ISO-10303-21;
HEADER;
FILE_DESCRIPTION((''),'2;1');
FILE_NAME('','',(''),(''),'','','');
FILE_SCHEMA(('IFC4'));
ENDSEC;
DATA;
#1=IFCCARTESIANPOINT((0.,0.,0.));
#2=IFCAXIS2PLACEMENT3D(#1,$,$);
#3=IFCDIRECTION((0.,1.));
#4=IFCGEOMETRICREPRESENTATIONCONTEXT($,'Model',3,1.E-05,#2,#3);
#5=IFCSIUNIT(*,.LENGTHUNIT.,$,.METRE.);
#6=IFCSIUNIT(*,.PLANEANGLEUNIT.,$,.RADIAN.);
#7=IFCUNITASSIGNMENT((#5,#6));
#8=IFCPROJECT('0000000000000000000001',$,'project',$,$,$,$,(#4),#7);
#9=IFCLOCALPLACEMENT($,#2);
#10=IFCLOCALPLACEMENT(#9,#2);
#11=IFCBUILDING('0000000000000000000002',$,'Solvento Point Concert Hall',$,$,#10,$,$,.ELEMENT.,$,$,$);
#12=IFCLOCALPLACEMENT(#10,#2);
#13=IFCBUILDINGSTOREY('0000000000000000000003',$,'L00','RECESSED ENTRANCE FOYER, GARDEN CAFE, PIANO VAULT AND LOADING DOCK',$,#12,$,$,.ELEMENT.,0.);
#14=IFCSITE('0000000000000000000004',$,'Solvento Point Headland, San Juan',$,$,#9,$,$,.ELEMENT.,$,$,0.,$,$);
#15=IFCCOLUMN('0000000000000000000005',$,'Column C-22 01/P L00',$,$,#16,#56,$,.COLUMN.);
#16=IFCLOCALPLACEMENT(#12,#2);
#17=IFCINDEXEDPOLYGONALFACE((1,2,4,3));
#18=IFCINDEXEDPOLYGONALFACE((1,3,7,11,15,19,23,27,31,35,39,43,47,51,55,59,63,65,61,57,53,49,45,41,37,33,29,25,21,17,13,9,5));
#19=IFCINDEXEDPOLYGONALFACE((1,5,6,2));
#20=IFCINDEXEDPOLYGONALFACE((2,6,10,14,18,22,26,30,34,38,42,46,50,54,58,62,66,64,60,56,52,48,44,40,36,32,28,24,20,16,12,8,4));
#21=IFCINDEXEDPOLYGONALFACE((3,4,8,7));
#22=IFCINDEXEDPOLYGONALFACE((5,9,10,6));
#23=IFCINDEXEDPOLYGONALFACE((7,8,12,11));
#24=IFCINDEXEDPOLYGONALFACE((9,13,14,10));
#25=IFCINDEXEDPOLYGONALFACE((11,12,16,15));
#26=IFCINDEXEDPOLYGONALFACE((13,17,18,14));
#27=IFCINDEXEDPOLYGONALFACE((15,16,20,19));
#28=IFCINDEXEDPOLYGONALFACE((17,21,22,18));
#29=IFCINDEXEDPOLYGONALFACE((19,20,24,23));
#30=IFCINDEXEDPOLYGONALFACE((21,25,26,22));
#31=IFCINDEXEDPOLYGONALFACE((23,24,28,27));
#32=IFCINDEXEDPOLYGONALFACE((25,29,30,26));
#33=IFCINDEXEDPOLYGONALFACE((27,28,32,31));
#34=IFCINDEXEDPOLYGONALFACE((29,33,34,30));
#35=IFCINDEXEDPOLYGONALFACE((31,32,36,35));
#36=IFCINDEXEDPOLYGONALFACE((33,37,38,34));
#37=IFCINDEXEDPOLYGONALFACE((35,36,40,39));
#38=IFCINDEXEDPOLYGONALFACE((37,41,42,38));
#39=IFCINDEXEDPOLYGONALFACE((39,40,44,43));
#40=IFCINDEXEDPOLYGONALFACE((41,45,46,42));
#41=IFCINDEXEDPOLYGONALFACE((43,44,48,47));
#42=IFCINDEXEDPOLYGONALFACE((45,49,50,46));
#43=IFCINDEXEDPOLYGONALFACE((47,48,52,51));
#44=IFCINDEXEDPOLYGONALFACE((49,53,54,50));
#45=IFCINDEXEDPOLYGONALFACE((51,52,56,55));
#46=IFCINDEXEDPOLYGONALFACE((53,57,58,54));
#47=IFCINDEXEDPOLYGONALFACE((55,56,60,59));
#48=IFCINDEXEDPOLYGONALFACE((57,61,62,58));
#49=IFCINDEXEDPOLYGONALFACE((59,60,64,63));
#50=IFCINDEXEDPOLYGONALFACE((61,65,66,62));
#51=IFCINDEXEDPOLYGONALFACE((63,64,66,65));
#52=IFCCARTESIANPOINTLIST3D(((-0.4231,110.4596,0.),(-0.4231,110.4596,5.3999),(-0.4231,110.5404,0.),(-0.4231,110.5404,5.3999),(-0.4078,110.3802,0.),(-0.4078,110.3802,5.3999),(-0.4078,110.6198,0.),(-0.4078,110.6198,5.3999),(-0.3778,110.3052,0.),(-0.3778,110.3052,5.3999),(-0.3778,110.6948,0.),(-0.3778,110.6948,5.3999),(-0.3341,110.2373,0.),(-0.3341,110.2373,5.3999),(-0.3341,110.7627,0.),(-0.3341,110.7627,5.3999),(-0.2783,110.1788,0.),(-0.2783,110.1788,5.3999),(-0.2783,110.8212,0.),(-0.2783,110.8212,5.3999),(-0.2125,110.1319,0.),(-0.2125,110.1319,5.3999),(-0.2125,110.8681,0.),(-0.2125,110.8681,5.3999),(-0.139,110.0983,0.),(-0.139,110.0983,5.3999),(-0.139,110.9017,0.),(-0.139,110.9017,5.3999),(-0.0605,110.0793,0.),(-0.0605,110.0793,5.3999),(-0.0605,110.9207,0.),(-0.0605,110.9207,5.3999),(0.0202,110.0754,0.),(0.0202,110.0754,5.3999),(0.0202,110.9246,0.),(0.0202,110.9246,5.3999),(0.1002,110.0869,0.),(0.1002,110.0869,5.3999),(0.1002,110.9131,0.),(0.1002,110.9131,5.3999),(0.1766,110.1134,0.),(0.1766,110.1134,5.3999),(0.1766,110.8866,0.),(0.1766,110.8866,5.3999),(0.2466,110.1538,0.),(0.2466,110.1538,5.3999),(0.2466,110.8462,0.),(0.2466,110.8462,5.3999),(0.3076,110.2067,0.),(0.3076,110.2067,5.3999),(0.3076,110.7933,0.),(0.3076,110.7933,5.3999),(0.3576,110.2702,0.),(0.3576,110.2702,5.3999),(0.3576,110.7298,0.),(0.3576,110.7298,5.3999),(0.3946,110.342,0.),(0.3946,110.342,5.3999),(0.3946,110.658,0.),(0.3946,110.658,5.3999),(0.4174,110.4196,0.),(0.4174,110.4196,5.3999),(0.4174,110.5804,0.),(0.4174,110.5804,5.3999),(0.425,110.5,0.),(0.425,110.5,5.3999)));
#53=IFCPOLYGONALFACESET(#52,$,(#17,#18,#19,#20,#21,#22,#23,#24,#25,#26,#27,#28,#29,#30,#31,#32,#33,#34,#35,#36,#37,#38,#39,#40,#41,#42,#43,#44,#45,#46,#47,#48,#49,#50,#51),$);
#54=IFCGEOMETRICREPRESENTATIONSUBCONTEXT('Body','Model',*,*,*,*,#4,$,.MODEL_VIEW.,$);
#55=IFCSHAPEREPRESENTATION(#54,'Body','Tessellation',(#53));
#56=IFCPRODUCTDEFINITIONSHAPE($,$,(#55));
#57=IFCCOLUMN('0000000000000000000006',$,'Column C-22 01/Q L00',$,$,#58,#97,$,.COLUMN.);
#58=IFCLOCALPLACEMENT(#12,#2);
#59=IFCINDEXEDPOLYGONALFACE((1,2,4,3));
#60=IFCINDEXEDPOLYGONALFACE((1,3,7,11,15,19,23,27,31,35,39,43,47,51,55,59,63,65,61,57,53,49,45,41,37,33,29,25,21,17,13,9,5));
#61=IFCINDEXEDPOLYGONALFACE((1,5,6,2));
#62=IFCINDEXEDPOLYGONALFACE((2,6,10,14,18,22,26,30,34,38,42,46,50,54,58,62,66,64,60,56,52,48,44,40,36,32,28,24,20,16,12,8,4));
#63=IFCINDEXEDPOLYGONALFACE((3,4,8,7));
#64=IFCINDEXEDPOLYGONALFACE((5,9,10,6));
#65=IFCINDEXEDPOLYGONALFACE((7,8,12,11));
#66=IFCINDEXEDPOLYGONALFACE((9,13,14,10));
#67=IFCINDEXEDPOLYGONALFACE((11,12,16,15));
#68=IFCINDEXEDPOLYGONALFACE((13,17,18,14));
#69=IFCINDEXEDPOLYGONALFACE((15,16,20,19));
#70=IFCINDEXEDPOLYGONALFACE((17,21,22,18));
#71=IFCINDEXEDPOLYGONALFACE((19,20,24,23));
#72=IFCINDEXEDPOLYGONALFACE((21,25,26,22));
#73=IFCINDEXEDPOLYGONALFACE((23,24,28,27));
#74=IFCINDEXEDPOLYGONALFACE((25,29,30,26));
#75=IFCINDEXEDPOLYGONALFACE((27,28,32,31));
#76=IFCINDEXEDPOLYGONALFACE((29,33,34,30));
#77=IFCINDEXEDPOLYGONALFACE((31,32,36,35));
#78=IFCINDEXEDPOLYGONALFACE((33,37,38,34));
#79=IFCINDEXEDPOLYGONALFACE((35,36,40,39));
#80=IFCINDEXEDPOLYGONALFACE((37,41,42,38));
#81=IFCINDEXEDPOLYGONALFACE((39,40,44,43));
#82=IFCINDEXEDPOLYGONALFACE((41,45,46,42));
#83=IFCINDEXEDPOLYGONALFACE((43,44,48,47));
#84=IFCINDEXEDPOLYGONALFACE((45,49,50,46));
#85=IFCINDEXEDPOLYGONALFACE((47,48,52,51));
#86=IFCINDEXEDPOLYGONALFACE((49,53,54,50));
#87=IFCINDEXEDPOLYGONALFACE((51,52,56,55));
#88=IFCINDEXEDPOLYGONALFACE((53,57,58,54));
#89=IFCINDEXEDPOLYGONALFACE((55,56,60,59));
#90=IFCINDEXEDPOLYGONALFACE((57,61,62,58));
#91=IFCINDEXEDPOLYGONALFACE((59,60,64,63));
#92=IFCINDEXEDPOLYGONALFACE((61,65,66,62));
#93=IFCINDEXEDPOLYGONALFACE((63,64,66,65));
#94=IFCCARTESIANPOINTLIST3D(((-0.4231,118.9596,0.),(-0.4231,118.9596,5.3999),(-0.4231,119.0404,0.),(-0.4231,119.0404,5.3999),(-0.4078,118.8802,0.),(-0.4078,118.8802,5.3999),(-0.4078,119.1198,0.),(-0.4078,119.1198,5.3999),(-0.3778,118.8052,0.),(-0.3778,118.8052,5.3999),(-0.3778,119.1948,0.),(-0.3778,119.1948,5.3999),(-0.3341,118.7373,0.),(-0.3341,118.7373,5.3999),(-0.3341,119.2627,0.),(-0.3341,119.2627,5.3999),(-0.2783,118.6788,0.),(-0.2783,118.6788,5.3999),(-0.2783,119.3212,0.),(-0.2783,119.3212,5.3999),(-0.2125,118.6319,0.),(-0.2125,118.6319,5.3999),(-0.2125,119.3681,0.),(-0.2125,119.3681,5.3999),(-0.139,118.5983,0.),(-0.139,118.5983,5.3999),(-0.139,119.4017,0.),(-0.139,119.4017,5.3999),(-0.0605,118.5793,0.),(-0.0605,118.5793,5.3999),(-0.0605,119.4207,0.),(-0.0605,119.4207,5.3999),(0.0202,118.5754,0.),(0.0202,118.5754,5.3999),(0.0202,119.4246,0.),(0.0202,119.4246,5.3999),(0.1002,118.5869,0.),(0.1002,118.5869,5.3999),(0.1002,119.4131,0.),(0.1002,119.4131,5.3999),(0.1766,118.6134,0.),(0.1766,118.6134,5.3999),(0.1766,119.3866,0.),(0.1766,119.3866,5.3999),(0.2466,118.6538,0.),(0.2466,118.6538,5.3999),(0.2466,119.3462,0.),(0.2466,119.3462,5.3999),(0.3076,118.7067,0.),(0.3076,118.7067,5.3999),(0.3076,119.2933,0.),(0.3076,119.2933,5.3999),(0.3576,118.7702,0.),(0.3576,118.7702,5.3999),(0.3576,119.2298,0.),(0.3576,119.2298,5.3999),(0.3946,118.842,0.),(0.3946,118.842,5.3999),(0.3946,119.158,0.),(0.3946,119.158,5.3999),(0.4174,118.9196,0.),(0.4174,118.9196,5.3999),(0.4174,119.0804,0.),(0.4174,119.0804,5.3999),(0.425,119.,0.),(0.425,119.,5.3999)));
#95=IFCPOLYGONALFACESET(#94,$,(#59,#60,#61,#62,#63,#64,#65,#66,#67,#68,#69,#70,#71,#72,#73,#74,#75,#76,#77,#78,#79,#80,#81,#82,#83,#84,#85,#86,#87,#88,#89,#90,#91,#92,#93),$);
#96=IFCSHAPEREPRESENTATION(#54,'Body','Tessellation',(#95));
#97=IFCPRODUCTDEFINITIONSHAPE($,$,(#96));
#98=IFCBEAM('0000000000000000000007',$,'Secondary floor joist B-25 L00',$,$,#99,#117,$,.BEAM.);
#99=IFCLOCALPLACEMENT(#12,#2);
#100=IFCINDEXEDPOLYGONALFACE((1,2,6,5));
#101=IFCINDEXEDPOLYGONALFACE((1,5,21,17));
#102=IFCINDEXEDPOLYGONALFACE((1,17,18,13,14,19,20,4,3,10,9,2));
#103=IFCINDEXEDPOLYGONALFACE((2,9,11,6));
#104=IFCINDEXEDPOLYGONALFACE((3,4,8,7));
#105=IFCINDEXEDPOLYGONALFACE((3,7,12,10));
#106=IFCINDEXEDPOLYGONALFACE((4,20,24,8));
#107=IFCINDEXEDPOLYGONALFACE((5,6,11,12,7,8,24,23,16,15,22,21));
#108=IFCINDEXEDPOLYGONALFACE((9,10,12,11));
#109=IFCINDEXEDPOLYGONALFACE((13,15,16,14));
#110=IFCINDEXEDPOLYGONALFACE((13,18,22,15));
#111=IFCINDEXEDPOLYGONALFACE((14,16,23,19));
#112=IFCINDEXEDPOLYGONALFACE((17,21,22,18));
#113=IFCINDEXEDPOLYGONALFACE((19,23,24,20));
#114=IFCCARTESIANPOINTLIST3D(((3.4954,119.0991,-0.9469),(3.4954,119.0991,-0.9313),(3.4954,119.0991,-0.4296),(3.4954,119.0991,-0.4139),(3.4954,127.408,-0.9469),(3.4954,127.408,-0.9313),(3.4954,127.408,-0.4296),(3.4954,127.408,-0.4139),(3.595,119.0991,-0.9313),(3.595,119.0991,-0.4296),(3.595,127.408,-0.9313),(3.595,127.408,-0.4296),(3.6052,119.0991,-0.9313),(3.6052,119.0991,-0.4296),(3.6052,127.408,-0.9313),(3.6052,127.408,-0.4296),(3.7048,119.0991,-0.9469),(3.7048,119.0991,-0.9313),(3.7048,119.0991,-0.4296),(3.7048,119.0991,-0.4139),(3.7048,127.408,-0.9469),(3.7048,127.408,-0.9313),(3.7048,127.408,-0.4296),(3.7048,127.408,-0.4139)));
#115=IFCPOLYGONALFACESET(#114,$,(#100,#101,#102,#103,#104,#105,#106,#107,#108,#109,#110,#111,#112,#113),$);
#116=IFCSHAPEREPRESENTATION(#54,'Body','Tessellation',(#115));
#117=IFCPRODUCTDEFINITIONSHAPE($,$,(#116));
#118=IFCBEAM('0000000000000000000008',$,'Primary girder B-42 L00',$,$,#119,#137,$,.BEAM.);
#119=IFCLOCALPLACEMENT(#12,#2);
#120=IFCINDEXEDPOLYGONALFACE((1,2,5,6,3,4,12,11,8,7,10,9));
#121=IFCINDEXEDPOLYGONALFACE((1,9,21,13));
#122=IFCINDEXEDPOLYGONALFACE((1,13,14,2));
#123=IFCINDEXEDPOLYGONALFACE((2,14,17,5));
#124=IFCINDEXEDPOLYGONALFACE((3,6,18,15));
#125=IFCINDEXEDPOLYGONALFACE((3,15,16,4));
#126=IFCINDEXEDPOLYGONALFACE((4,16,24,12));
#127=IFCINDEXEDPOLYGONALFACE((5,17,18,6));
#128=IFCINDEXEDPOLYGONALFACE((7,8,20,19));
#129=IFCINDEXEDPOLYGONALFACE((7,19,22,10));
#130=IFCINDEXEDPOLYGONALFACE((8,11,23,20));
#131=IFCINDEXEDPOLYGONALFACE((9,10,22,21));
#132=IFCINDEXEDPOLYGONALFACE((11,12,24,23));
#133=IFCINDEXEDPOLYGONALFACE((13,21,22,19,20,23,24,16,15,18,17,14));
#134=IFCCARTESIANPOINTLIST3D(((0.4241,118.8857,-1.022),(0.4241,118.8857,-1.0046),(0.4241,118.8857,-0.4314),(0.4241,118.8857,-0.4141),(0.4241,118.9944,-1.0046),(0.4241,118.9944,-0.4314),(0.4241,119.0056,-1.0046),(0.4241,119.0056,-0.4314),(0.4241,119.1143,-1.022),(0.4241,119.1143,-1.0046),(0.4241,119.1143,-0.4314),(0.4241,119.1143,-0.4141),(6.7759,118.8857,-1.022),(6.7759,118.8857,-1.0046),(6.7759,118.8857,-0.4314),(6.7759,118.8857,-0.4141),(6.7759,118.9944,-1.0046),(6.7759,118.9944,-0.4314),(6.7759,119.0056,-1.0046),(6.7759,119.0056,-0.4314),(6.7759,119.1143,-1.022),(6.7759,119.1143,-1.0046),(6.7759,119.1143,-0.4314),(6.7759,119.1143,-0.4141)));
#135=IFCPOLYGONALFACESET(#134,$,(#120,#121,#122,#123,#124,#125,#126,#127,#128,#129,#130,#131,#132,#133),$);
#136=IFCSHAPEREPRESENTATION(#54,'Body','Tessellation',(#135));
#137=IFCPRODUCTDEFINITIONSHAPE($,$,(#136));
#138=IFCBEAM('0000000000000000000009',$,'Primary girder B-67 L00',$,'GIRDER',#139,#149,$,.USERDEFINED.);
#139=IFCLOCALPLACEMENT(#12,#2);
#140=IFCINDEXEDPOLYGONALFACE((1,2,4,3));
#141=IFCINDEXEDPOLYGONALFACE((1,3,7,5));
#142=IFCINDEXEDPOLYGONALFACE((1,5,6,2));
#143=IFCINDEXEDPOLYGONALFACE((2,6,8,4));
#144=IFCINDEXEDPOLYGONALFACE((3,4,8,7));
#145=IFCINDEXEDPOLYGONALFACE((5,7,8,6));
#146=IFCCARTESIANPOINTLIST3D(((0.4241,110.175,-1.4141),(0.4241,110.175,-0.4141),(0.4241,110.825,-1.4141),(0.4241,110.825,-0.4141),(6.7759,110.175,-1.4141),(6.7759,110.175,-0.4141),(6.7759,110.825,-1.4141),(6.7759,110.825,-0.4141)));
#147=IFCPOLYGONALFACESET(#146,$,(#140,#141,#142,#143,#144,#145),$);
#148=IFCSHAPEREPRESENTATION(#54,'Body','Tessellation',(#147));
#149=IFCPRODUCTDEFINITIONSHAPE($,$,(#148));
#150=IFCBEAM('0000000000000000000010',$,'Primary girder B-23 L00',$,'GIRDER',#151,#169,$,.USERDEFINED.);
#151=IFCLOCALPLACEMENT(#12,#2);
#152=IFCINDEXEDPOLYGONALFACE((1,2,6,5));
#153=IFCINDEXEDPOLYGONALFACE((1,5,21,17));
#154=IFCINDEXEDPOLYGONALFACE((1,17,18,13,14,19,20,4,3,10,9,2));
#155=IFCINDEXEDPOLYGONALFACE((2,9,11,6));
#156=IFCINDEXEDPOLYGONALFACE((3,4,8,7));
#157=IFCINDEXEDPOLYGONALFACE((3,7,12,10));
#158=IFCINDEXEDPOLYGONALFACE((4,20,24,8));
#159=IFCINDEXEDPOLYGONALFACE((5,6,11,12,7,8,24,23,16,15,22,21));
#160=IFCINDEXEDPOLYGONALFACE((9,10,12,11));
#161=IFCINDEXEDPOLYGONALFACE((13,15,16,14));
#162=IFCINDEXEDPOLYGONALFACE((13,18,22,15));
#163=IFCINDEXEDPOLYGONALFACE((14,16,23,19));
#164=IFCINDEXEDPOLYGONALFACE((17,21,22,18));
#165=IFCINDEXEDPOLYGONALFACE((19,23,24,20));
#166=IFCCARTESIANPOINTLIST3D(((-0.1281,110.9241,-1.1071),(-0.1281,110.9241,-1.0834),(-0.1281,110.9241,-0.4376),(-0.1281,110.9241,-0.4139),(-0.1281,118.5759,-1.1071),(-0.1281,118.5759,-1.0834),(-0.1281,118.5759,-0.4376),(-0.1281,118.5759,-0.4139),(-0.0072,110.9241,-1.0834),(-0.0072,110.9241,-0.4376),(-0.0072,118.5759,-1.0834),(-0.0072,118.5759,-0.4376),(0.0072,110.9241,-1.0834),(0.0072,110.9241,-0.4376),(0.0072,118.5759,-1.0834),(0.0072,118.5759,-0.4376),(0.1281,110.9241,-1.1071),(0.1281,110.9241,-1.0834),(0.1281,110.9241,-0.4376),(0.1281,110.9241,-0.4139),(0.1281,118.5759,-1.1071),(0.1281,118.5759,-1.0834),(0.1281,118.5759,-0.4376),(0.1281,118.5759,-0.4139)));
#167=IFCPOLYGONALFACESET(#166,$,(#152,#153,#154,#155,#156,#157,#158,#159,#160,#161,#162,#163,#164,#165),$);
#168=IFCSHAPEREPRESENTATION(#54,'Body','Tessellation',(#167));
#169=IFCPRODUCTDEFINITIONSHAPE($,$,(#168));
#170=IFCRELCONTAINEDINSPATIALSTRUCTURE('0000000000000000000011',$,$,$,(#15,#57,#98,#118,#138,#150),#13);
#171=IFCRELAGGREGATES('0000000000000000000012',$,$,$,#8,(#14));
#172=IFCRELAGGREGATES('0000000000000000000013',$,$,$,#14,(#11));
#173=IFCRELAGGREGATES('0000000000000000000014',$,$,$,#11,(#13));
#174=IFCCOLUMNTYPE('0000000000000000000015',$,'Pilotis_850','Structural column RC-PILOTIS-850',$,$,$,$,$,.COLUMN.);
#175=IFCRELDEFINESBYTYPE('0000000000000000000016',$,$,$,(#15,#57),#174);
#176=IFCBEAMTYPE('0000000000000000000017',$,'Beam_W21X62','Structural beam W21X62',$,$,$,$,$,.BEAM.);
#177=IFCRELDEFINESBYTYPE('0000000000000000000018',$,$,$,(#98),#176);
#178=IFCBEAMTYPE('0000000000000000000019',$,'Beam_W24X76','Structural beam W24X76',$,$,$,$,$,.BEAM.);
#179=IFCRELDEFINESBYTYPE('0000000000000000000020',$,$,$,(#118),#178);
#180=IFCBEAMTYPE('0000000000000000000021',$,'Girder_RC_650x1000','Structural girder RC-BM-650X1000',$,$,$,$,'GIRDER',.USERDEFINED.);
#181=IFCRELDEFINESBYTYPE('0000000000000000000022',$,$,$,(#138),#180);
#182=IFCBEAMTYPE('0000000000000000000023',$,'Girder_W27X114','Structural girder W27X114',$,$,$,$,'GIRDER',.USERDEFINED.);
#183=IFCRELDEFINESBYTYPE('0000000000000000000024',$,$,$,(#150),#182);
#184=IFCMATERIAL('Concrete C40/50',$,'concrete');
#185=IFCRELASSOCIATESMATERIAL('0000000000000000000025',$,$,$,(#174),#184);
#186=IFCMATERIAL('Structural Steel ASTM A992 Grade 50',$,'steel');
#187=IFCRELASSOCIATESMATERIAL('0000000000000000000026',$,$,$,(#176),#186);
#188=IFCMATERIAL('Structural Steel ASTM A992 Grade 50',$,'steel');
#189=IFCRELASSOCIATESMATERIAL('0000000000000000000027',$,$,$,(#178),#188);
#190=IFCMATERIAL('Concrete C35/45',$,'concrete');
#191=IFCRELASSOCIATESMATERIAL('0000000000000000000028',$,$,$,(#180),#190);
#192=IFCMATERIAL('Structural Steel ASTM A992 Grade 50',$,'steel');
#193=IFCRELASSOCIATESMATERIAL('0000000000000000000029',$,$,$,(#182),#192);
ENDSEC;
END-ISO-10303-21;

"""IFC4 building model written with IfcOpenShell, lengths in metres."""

from ifc_helpers import new_model, si_unit, direction, frame, origin, origin_2d, place, context, subcontext, project, spatial, rectangle, circle, i_section, extrude, material, material_profile, profile_set, type_object, element, save


model = new_model("IFC4")

# Units and contexts
model_context = context("Model", 3, precision=1e-05, world=origin(), true_north=direction((0.0, 1.0)))
body_context = subcontext(model_context, "Body", "Model", "MODEL_VIEW")
ifc_project = project(units=[si_unit("LENGTHUNIT", "METRE"), si_unit("PLANEANGLEUNIT", "RADIAN")], contexts=[model_context])

# Site, building, storey
site_placement = place(None, origin())
site = spatial("IfcSite", under=ifc_project, at=site_placement, Name="Solvento Point Headland, San Juan", CompositionType="ELEMENT", RefElevation=0.0)
building_placement = place(site_placement, origin())
building = spatial("IfcBuilding", under=site, at=building_placement, Name="Solvento Point Concert Hall", CompositionType="ELEMENT")
storey_placement = place(building_placement, origin())
storey = spatial("IfcBuildingStorey", under=building, at=storey_placement, Name="L00", Description="RECESSED ENTRANCE FOYER, GARDEN CAFE, PIANO VAULT AND LOADING DOCK", CompositionType="ELEMENT", Elevation=0.0)

# Columns
ifc_material_1 = material(Name="Concrete C40/50", Category="concrete")
ifc_material_profile_1 = material_profile(ifc_material_1, circle(Radius=0.425, at=origin_2d()), Name="RC-PILOTIS-850")
ifc_profile_set_1 = profile_set([ifc_material_profile_1], Name="Concrete C40/50")
column_type = type_object("IfcColumnType", Name="Pilotis_850", Description="Structural column RC-PILOTIS-850", PredefinedType="COLUMN", material=ifc_profile_set_1)
for number, where, z_axis, x_axis, name in (
    (1, (0.0, 110.5, 0.0), (0.0, 0.0, 1.0), (1.0, 0.0, 0.0), "Column C-22 01/P L00"),
    (2, (0.0, 119.0, 0.0), (0.0, 0.0, 1.0), (1.0, 0.0, 0.0), "Column C-22 01/Q L00"),
):
    element("IfcColumn", number, at=place(storey_placement, frame(where, z_axis=z_axis, x_axis=x_axis)), inside=storey, type_object=column_type, Name=name, PredefinedType="COLUMN", context=body_context, shape_type="SweptSolid", body=[
        extrude(circle(Radius=0.425, at=origin_2d()), origin(), (0.0, 0.0, 1.0), 5.3999),
    ])

# Beams
ifc_material_2 = material(Name="Structural Steel ASTM A992 Grade 50", Category="steel")
ifc_material_profile_2 = material_profile(ifc_material_2, i_section(OverallWidth=0.2095, OverallDepth=0.533, WebThickness=0.0103, FlangeThickness=0.0156, at=origin_2d()), Name="W21X62")
ifc_profile_set_2 = profile_set([ifc_material_profile_2], Name="Structural Steel ASTM A992 Grade 50")
beam_type_1 = type_object("IfcBeamType", Name="Beam_W21X62", Description="Structural beam W21X62", PredefinedType="BEAM", material=ifc_profile_set_2)
beam_1_placement = place(storey_placement, frame((3.6001, 119.0991, -0.6804), z_axis=(0.0, 1.0, 0.0), x_axis=(-1.0, 0.0, 0.0)))
element("IfcBeam", 3, at=beam_1_placement, inside=storey, type_object=beam_type_1, Name="Secondary floor joist B-25 L00", PredefinedType="BEAM", context=body_context, shape_type="SweptSolid", body=[
    extrude(i_section(OverallWidth=0.2095, OverallDepth=0.533, WebThickness=0.0103, FlangeThickness=0.0156, at=origin_2d()), origin(), (0.0, 0.0, 1.0), 8.3088),
])
ifc_material_3 = material(Name="Structural Steel ASTM A992 Grade 50", Category="steel")
ifc_material_profile_3 = material_profile(ifc_material_3, i_section(OverallWidth=0.2285, OverallDepth=0.6079, WebThickness=0.0112, FlangeThickness=0.0173, at=origin_2d()), Name="W24X76")
ifc_profile_set_3 = profile_set([ifc_material_profile_3], Name="Structural Steel ASTM A992 Grade 50")
beam_type_2 = type_object("IfcBeamType", Name="Beam_W24X76", Description="Structural beam W24X76", PredefinedType="BEAM", material=ifc_profile_set_3)
beam_2_placement = place(storey_placement, frame((0.4241, 119.0, -0.718), z_axis=(1.0, 0.0, 0.0), x_axis=(0.0, 1.0, 0.0)))
element("IfcBeam", 4, at=beam_2_placement, inside=storey, type_object=beam_type_2, Name="Primary girder B-42 L00", PredefinedType="BEAM", context=body_context, shape_type="SweptSolid", body=[
    extrude(i_section(OverallWidth=0.2285, OverallDepth=0.6079, WebThickness=0.0112, FlangeThickness=0.0173, at=origin_2d()), origin(), (0.0, 0.0, 1.0), 6.3518),
])
ifc_material_4 = material(Name="Concrete C35/45", Category="concrete")
ifc_material_profile_4 = material_profile(ifc_material_4, rectangle(XDim=0.6499, YDim=1.0, at=origin_2d()), Name="RC-BM-650X1000")
ifc_profile_set_4 = profile_set([ifc_material_profile_4], Name="Concrete C35/45")
beam_type_3 = type_object("IfcBeamType", Name="Girder_RC_650x1000", Description="Structural girder RC-BM-650X1000", ElementType="GIRDER", PredefinedType="USERDEFINED", material=ifc_profile_set_4)
beam_3_placement = place(storey_placement, frame((0.4241, 110.5, -0.9141), z_axis=(1.0, 0.0, 0.0), x_axis=(0.0, 1.0, 0.0)))
element("IfcBeam", 5, at=beam_3_placement, inside=storey, type_object=beam_type_3, Name="Primary girder B-67 L00", ObjectType="GIRDER", PredefinedType="USERDEFINED", context=body_context, shape_type="SweptSolid", body=[
    extrude(rectangle(XDim=0.6499, YDim=1.0, at=origin_2d()), origin(), (0.0, 0.0, 1.0), 6.3518),
])
ifc_material_5 = material(Name="Structural Steel ASTM A992 Grade 50", Category="steel")
ifc_material_profile_5 = material_profile(ifc_material_5, i_section(OverallWidth=0.2561, OverallDepth=0.6931, WebThickness=0.0144, FlangeThickness=0.0237, at=origin_2d()), Name="W27X114")
ifc_profile_set_5 = profile_set([ifc_material_profile_5], Name="Structural Steel ASTM A992 Grade 50")
beam_type_4 = type_object("IfcBeamType", Name="Girder_W27X114", Description="Structural girder W27X114", ElementType="GIRDER", PredefinedType="USERDEFINED", material=ifc_profile_set_5)
beam_4_placement = place(storey_placement, frame((0.0, 110.9241, -0.7605), z_axis=(0.0, 1.0, 0.0), x_axis=(-1.0, 0.0, 0.0)))
element("IfcBeam", 6, at=beam_4_placement, inside=storey, type_object=beam_type_4, Name="Primary girder B-23 L00", ObjectType="GIRDER", PredefinedType="USERDEFINED", context=body_context, shape_type="SweptSolid", body=[
    extrude(i_section(OverallWidth=0.2561, OverallDepth=0.6931, WebThickness=0.0144, FlangeThickness=0.0237, at=origin_2d()), origin(), (0.0, 0.0, 1.0), 7.6519),
])

save(model, "model.ifc")
